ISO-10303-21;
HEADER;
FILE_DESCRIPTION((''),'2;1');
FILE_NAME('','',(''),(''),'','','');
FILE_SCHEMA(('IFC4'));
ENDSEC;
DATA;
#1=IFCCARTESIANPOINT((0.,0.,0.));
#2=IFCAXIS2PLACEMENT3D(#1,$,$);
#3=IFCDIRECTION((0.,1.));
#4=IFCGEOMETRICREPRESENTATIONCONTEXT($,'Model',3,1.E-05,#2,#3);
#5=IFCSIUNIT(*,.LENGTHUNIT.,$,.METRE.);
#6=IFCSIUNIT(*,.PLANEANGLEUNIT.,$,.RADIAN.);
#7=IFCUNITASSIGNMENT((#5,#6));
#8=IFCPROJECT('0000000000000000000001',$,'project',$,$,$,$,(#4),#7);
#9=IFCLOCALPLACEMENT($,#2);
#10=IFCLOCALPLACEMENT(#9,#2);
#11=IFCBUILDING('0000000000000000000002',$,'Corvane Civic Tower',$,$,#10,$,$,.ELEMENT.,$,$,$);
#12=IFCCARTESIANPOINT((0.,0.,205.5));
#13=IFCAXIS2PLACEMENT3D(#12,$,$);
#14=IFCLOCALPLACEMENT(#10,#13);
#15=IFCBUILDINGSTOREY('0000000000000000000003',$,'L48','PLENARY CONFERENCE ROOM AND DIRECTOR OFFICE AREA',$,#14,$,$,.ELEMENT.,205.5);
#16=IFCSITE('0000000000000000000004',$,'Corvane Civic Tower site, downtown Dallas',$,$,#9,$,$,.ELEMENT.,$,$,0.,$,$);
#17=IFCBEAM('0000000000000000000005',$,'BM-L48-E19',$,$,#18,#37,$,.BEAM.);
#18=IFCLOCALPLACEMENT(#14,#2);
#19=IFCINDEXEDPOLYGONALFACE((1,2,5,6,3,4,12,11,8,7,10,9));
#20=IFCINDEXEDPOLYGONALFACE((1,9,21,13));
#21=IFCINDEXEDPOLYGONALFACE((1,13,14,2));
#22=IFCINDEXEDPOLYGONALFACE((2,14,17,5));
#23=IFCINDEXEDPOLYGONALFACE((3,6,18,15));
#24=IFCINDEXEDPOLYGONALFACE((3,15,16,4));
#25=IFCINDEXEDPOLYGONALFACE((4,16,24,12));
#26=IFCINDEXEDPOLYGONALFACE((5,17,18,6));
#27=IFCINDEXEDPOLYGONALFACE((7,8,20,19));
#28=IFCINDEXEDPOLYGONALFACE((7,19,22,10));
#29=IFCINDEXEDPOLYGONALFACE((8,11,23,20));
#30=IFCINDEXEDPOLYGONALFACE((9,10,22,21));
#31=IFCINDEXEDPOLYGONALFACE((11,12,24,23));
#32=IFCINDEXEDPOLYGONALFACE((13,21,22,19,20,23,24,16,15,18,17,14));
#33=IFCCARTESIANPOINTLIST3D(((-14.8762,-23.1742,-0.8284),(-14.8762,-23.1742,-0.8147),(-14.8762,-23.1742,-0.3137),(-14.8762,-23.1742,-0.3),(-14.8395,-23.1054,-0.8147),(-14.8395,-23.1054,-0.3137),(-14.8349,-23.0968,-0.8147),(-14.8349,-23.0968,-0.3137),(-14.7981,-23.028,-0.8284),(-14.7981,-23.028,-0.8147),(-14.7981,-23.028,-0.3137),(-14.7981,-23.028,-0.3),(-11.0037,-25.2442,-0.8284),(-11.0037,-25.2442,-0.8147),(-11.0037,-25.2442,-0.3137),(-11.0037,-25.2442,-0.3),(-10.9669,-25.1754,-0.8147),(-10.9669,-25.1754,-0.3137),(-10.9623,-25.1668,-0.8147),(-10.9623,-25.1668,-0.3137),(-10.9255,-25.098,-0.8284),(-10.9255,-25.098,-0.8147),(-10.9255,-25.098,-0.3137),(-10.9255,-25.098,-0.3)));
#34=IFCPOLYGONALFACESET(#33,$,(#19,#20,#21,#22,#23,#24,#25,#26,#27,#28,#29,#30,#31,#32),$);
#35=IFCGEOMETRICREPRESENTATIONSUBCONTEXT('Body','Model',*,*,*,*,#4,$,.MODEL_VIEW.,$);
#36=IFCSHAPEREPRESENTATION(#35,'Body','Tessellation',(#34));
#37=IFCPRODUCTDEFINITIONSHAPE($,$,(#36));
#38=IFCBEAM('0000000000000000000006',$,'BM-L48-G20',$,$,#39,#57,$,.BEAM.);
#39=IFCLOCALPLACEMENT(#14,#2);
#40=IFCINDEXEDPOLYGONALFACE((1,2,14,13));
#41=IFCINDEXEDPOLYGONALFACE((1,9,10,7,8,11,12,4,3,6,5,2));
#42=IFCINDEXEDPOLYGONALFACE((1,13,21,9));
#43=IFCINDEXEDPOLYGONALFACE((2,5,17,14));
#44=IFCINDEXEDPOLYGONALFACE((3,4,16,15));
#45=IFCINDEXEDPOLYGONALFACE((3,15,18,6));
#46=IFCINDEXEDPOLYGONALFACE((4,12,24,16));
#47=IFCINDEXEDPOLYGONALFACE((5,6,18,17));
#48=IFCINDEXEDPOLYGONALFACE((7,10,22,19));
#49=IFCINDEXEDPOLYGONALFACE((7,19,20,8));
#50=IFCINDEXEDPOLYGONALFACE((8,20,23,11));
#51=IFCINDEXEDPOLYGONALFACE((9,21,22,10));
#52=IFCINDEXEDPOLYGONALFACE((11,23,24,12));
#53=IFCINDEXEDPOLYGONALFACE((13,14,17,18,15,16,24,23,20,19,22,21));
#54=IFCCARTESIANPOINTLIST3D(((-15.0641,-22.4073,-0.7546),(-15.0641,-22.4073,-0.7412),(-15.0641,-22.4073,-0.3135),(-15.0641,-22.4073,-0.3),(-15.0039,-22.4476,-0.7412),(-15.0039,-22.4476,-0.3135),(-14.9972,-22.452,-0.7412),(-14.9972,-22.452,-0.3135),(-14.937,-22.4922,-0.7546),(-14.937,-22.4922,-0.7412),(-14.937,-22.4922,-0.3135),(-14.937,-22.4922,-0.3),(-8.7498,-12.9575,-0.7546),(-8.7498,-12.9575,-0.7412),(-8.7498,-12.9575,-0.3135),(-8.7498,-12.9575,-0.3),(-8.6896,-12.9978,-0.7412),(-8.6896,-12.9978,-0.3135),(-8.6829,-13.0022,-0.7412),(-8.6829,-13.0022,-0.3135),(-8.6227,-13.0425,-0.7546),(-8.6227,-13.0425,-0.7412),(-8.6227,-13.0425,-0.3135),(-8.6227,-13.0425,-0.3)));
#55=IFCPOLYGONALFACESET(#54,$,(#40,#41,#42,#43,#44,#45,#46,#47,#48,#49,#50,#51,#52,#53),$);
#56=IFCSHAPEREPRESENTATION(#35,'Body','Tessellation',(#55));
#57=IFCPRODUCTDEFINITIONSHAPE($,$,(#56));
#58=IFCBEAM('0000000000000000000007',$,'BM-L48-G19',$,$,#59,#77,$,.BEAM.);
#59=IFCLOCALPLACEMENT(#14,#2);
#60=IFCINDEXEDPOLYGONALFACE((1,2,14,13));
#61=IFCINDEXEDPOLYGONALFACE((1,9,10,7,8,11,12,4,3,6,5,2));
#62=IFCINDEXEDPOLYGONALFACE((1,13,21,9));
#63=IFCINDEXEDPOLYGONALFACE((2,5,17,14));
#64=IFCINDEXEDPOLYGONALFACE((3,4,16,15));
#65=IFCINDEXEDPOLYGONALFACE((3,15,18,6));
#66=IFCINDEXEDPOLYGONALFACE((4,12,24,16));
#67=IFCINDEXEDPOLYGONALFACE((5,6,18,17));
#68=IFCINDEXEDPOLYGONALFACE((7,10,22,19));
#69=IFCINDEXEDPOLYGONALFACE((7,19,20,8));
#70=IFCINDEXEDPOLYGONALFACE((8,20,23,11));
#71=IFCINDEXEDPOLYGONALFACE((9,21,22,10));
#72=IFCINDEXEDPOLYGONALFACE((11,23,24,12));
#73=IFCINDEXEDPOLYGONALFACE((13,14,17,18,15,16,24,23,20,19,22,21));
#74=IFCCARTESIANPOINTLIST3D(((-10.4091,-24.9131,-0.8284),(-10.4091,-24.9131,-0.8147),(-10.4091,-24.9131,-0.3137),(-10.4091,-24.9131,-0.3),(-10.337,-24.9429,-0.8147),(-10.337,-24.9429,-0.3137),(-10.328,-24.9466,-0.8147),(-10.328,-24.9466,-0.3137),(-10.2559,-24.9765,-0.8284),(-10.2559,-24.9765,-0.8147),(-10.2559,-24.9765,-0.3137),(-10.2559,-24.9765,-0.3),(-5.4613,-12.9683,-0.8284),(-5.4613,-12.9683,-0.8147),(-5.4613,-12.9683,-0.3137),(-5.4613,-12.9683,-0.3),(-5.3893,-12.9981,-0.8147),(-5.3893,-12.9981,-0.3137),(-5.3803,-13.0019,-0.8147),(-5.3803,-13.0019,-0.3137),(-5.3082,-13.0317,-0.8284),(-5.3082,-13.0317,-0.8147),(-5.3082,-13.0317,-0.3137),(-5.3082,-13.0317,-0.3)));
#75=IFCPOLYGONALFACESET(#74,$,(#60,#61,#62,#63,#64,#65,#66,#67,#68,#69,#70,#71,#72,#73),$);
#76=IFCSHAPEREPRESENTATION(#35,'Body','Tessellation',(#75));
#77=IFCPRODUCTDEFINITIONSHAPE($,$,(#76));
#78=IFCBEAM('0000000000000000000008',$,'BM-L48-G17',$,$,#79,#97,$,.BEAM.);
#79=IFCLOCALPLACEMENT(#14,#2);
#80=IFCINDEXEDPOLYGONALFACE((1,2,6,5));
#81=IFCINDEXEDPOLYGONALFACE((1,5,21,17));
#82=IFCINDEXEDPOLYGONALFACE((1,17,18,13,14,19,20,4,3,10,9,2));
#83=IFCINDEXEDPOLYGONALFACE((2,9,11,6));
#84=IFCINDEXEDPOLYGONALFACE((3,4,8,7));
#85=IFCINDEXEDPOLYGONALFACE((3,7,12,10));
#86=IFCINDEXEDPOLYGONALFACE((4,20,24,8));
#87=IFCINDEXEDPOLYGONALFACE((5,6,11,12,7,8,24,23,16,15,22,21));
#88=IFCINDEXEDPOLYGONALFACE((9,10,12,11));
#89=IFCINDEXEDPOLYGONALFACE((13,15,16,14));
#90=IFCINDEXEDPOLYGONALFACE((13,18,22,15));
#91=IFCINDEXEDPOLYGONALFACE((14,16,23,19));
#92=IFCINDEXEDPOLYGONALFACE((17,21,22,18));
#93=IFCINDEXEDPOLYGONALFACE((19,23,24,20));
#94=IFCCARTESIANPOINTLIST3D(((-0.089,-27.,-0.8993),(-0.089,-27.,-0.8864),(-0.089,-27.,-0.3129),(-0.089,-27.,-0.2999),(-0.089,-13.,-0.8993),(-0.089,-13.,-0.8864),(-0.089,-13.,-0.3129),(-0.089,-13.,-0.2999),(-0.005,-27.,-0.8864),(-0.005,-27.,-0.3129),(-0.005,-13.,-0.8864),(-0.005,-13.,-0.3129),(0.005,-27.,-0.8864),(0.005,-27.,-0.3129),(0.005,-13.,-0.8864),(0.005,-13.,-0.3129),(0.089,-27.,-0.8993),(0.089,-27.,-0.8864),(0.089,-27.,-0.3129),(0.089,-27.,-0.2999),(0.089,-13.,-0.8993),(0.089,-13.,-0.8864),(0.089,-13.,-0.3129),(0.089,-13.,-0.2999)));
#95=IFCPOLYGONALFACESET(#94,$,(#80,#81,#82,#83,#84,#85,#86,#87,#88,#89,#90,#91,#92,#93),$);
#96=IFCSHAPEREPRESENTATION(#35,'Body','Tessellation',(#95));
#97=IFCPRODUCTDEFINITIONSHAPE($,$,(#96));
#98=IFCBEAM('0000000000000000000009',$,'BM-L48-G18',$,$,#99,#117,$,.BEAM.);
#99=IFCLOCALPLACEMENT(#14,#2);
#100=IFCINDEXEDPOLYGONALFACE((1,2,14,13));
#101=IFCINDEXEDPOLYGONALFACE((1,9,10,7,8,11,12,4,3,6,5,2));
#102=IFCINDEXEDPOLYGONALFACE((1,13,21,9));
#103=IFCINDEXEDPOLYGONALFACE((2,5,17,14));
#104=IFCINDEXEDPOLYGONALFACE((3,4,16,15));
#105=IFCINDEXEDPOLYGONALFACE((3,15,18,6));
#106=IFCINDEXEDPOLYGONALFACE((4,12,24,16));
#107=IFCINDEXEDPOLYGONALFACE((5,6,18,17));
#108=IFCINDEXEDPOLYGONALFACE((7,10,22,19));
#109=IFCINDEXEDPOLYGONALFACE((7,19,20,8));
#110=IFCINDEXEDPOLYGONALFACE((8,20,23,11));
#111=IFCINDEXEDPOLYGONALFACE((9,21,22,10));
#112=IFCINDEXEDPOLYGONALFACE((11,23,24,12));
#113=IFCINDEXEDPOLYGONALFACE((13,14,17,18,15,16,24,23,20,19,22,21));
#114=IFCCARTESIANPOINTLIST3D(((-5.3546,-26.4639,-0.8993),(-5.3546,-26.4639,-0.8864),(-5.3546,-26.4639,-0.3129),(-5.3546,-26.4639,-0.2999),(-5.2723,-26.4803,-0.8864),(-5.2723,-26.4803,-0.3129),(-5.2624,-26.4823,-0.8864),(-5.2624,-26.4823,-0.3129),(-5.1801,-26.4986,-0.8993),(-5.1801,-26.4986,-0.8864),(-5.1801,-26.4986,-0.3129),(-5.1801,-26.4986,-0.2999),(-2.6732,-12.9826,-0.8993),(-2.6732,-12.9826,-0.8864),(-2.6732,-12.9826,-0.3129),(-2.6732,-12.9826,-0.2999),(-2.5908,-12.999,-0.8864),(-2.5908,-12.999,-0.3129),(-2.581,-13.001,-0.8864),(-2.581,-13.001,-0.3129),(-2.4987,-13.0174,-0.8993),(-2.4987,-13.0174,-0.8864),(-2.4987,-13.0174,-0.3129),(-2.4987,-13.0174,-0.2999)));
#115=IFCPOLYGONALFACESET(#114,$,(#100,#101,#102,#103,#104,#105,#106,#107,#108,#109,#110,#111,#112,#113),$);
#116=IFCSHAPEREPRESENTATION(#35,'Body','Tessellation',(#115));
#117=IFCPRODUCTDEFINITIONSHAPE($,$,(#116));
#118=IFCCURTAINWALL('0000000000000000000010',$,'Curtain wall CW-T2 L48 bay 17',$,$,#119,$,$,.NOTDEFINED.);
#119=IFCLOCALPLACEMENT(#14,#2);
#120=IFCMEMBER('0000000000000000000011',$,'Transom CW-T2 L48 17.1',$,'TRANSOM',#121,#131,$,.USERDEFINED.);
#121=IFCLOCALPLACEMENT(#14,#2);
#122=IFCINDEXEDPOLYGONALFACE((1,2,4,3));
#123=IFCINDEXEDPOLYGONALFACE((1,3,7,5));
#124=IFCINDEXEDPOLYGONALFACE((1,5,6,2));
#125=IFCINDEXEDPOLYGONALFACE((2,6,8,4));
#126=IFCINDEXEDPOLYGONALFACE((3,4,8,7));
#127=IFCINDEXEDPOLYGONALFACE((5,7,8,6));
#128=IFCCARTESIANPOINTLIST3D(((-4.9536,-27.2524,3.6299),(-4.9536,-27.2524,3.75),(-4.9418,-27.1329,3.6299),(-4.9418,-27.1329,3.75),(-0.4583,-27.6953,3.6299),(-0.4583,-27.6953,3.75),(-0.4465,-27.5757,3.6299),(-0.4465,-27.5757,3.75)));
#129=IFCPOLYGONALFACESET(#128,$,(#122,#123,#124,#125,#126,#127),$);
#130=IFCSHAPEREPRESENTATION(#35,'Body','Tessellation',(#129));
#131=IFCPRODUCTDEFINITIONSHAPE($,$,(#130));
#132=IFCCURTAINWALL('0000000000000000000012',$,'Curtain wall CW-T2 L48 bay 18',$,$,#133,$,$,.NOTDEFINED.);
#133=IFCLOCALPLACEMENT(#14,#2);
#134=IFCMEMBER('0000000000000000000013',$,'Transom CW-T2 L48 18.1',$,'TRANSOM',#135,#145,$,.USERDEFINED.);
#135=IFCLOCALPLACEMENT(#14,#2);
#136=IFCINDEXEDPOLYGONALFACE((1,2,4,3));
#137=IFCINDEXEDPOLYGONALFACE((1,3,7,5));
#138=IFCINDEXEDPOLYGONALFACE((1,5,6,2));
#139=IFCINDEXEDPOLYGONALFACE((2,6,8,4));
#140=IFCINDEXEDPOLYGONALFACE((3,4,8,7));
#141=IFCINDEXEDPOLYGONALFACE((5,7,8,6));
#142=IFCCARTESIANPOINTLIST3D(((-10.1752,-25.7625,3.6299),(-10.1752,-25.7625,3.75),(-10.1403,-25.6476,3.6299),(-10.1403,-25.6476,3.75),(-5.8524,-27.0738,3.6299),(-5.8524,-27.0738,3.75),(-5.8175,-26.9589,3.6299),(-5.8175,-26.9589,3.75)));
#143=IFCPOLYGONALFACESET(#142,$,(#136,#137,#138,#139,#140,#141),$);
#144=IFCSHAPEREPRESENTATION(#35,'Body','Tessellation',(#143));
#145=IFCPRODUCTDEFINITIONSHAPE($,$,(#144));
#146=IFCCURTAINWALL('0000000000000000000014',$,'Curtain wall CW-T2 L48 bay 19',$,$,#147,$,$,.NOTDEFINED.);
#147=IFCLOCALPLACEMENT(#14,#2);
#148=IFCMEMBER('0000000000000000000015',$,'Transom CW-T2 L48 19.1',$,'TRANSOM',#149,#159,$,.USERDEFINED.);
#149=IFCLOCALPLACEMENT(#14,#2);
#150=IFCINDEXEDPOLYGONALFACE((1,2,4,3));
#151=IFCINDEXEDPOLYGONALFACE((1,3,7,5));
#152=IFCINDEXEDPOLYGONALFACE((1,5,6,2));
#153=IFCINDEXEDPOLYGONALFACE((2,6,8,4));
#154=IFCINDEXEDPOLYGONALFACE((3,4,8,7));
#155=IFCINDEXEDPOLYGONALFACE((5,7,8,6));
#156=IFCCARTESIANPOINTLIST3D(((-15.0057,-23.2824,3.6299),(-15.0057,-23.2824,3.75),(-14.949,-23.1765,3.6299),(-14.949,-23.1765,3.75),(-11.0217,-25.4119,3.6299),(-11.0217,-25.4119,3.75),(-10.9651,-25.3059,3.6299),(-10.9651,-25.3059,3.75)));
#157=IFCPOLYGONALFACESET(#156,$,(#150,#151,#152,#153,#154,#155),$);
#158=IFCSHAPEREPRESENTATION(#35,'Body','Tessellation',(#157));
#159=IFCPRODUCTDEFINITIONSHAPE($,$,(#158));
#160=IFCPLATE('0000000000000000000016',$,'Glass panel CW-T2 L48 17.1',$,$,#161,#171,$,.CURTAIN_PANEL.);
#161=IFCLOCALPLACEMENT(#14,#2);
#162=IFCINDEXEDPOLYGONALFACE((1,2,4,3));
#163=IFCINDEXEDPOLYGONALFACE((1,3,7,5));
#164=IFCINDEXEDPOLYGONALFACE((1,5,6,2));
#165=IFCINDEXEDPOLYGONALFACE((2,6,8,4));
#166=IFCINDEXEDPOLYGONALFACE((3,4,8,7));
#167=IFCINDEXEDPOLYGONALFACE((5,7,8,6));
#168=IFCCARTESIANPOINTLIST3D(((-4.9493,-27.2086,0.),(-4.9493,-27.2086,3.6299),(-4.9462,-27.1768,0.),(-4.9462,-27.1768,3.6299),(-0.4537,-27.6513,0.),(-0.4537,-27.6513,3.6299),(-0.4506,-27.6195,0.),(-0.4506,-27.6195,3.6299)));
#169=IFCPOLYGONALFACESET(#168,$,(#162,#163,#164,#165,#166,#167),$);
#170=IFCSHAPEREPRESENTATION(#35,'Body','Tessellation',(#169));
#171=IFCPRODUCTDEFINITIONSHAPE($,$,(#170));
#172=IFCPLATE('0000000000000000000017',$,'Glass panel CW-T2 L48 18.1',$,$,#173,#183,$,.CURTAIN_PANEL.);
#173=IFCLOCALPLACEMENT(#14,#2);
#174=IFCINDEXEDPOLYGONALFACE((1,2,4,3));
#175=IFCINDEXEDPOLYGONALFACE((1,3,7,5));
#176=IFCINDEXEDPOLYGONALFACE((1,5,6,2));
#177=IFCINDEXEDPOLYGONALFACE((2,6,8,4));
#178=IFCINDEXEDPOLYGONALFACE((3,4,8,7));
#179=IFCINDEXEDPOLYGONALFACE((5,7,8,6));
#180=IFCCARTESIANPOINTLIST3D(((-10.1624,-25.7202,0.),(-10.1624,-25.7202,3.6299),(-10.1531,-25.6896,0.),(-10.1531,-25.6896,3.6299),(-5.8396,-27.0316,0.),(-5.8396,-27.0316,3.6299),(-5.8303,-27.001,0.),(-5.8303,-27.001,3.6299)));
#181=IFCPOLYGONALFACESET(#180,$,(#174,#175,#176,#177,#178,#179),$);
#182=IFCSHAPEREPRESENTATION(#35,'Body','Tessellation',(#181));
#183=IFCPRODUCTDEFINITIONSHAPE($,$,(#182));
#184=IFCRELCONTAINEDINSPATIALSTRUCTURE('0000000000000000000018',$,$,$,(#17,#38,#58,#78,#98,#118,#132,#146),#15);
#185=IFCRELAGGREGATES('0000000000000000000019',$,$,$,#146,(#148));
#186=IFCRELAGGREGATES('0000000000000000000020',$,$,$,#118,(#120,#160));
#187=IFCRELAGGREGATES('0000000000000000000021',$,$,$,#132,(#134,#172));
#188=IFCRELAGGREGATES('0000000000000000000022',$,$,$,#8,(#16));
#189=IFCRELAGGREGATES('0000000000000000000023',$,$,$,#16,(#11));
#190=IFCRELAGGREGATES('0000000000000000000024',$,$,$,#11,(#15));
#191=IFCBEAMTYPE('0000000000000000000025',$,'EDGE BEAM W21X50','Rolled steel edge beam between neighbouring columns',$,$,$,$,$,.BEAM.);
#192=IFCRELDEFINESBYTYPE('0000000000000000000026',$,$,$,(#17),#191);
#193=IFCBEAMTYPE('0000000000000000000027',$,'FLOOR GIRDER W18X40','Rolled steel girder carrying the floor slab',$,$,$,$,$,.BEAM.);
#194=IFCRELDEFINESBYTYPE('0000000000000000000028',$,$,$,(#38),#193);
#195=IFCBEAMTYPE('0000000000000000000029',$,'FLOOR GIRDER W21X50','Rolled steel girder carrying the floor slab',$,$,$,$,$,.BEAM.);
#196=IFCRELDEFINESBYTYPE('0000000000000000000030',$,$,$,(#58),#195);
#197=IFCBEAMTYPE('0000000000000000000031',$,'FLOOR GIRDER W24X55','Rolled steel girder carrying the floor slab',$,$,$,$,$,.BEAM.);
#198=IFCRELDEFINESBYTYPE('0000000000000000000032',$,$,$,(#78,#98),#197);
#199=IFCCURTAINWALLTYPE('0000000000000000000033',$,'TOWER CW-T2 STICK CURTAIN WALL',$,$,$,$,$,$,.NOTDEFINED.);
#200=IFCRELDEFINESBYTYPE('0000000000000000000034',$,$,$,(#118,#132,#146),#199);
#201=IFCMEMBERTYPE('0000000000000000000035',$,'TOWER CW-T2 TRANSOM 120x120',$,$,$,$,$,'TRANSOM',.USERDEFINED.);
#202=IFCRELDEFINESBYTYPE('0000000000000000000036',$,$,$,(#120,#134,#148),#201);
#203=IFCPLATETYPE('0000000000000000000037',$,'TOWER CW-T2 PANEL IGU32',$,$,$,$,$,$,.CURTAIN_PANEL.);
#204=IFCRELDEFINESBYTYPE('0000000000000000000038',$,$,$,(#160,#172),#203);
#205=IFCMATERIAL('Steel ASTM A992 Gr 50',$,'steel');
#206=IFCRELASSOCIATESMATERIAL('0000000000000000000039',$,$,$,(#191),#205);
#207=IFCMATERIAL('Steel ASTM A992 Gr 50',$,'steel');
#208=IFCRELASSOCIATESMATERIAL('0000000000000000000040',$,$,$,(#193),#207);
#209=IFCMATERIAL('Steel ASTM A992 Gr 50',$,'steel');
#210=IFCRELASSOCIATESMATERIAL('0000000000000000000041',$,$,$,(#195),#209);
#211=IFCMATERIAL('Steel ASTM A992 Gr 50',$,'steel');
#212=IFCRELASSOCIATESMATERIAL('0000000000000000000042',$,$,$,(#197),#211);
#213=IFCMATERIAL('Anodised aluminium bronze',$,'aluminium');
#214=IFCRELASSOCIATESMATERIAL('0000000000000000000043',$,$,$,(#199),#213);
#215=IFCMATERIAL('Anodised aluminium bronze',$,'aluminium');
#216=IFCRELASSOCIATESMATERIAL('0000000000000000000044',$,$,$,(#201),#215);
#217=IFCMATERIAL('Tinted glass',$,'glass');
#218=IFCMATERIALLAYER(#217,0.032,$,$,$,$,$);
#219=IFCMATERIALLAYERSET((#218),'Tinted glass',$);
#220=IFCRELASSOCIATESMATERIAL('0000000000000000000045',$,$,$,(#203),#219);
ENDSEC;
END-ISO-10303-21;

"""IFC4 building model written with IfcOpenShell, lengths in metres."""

from ifc_helpers import new_model, si_unit, direction, frame, origin, origin_2d, place, context, subcontext, project, spatial, rectangle, i_section, extrude, material, layer, layer_set, material_profile, profile_set, type_object, element, aggregate, save


model = new_model("IFC4")

# Units and contexts
model_context = context("Model", 3, precision=1e-05, world=origin(), true_north=direction((0.0, 1.0)))
body_context = subcontext(model_context, "Body", "Model", "MODEL_VIEW")
ifc_project = project(units=[si_unit("LENGTHUNIT", "METRE"), si_unit("PLANEANGLEUNIT", "RADIAN")], contexts=[model_context])

# Site, building, storey
site_placement = place(None, origin())
site = spatial("IfcSite", under=ifc_project, at=site_placement, Name="Corvane Civic Tower site, downtown Dallas", CompositionType="ELEMENT", RefElevation=0.0)
building_placement = place(site_placement, origin())
building = spatial("IfcBuilding", under=site, at=building_placement, Name="Corvane Civic Tower", CompositionType="ELEMENT")
storey_placement = place(building_placement, frame((0.0, 0.0, 205.5)))
storey = spatial("IfcBuildingStorey", under=building, at=storey_placement, Name="L48", Description="PLENARY CONFERENCE ROOM AND DIRECTOR OFFICE AREA", CompositionType="ELEMENT", Elevation=205.5)

# Beams
ifc_material_1 = material(Name="Steel ASTM A992 Gr 50", Category="steel")
ifc_material_profile_1 = material_profile(ifc_material_1, i_section(OverallWidth=0.1658, OverallDepth=0.5283, WebThickness=0.0098, FlangeThickness=0.0137, at=origin_2d()), Name="W21X50")
ifc_profile_set_1 = profile_set([ifc_material_profile_1], Name="Steel ASTM A992 Gr 50")
beam_type_1 = type_object("IfcBeamType", Name="EDGE BEAM W21X50", Description="Rolled steel edge beam between neighbouring columns", PredefinedType="BEAM", material=ifc_profile_set_1)
beam_1_placement = place(storey_placement, frame((-10.9646, -25.1711, -0.5642), z_axis=(-0.881908, 0.471422, 0.0), x_axis=(-0.471422, -0.881908, 0.0)))
element("IfcBeam", 1, at=beam_1_placement, inside=storey, type_object=beam_type_1, Name="BM-L48-E19", PredefinedType="BEAM", context=body_context, shape_type="SweptSolid", body=[
    extrude(i_section(OverallWidth=0.1658, OverallDepth=0.5283, WebThickness=0.0098, FlangeThickness=0.0137, at=origin_2d()), origin(), (0.0, 0.0, 1.0), 4.3911),
])
ifc_material_2 = material(Name="Steel ASTM A992 Gr 50", Category="steel")
ifc_material_profile_2 = material_profile(ifc_material_2, i_section(OverallWidth=0.1528, OverallDepth=0.4546, WebThickness=0.0081, FlangeThickness=0.0134, at=origin_2d()), Name="W18X40")
ifc_profile_set_2 = profile_set([ifc_material_profile_2], Name="Steel ASTM A992 Gr 50")
beam_type_2 = type_object("IfcBeamType", Name="FLOOR GIRDER W18X40", Description="Rolled steel girder carrying the floor slab", PredefinedType="BEAM", material=ifc_profile_set_2)
beam_2_placement = place(storey_placement, frame((-8.6863, -13.0, -0.5273), z_axis=(-0.555577, -0.831465, 0.0), x_axis=(0.831465, -0.555577, 0.0)))
element("IfcBeam", 2, at=beam_2_placement, inside=storey, type_object=beam_type_2, Name="BM-L48-G20", PredefinedType="BEAM", context=body_context, shape_type="SweptSolid", body=[
    extrude(i_section(OverallWidth=0.1528, OverallDepth=0.4546, WebThickness=0.0081, FlangeThickness=0.0134, at=origin_2d()), origin(), (0.0, 0.0, 1.0), 11.3652),
])
ifc_material_3 = material(Name="Steel ASTM A992 Gr 50", Category="steel")
ifc_material_profile_3 = material_profile(ifc_material_3, i_section(OverallWidth=0.1658, OverallDepth=0.5283, WebThickness=0.0098, FlangeThickness=0.0137, at=origin_2d()), Name="W21X50")
ifc_profile_set_3 = profile_set([ifc_material_profile_3], Name="Steel ASTM A992 Gr 50")
beam_type_3 = type_object("IfcBeamType", Name="FLOOR GIRDER W21X50", Description="Rolled steel girder carrying the floor slab", PredefinedType="BEAM", material=ifc_profile_set_3)
beam_3_placement = place(storey_placement, frame((-5.3848, -13.0, -0.5642), z_axis=(-0.382686, -0.923878, 0.0), x_axis=(0.923878, -0.382686, 0.0)))
element("IfcBeam", 3, at=beam_3_placement, inside=storey, type_object=beam_type_3, Name="BM-L48-G19", PredefinedType="BEAM", context=body_context, shape_type="SweptSolid", body=[
    extrude(i_section(OverallWidth=0.1658, OverallDepth=0.5283, WebThickness=0.0098, FlangeThickness=0.0137, at=origin_2d()), origin(), (0.0, 0.0, 1.0), 12.929),
])
ifc_material_4 = material(Name="Steel ASTM A992 Gr 50", Category="steel")
ifc_material_profile_4 = material_profile(ifc_material_4, i_section(OverallWidth=0.178, OverallDepth=0.5994, WebThickness=0.01, FlangeThickness=0.0129, at=origin_2d()), Name="W24X55")
ifc_profile_set_4 = profile_set([ifc_material_profile_4], Name="Steel ASTM A992 Gr 50")
beam_type_4 = type_object("IfcBeamType", Name="FLOOR GIRDER W24X55", Description="Rolled steel girder carrying the floor slab", PredefinedType="BEAM", material=ifc_profile_set_4)
beam_4_placement = place(storey_placement, frame((0.0, -13.0, -0.5996), z_axis=(0.0, -1.0, 0.0), x_axis=(1.0, 0.0, 0.0)))
element("IfcBeam", 4, at=beam_4_placement, inside=storey, type_object=beam_type_4, Name="BM-L48-G17", PredefinedType="BEAM", context=body_context, shape_type="SweptSolid", body=[
    extrude(i_section(OverallWidth=0.178, OverallDepth=0.5994, WebThickness=0.01, FlangeThickness=0.0129, at=origin_2d()), origin(), (0.0, 0.0, 1.0), 14.0),
])
beam_5_placement = place(storey_placement, frame((-2.5859, -13.0, -0.5996), z_axis=(-0.195078, -0.980788, 0.0), x_axis=(0.980788, -0.195078, 0.0)))
element("IfcBeam", 5, at=beam_5_placement, inside=storey, type_object=beam_type_4, Name="BM-L48-G18", PredefinedType="BEAM", context=body_context, shape_type="SweptSolid", body=[
    extrude(i_section(OverallWidth=0.178, OverallDepth=0.5994, WebThickness=0.01, FlangeThickness=0.0129, at=origin_2d()), origin(), (0.0, 0.0, 1.0), 13.7454),
])

# Curtain walls, members
ifc_material_5 = material(Name="Anodised aluminium bronze", Category="aluminium")
curtain_wall_type = type_object("IfcCurtainWallType", Name="TOWER CW-T2 STICK CURTAIN WALL", PredefinedType="NOTDEFINED", material=ifc_material_5)
curtain_wall_1_placement = place(storey_placement, origin())
curtain_wall_1 = element("IfcCurtainWall", 6, at=curtain_wall_1_placement, inside=storey, type_object=curtain_wall_type, Name="Curtain wall CW-T2 L48 bay 17", PredefinedType="NOTDEFINED")
ifc_material_6 = material(Name="Anodised aluminium bronze", Category="aluminium")
ifc_material_profile_5 = material_profile(ifc_material_6, rectangle(XDim=0.1201, YDim=0.1201, at=origin_2d()), Name="TOWER CW-T2 TRANSOM 120x120")
ifc_profile_set_5 = profile_set([ifc_material_profile_5], Name="Anodised aluminium bronze")
member_type = type_object("IfcMemberType", Name="TOWER CW-T2 TRANSOM 120x120", ElementType="TRANSOM", PredefinedType="USERDEFINED", material=ifc_profile_set_5)
member_1_placement = place(storey_placement, frame((-0.4524, -27.6355, 3.6899), z_axis=(-0.995182, 0.098043, 0.0), x_axis=(-0.098043, -0.995182, 0.0)))
member_1 = element("IfcMember", 7, at=member_1_placement, type_object=member_type, Name="Transom CW-T2 L48 17.1", ObjectType="TRANSOM", PredefinedType="USERDEFINED", context=body_context, shape_type="SweptSolid", body=[
    extrude(rectangle(XDim=0.1201, YDim=0.1201, at=origin_2d()), origin(), (0.0, 0.0, 1.0), 4.5171),
])
curtain_wall_2_placement = place(storey_placement, origin())
curtain_wall_2 = element("IfcCurtainWall", 8, at=curtain_wall_2_placement, inside=storey, type_object=curtain_wall_type, Name="Curtain wall CW-T2 L48 bay 18", PredefinedType="NOTDEFINED")
member_2_placement = place(storey_placement, frame((-5.835, -27.0164, 3.6899), z_axis=(-0.956941, 0.290282, 0.0), x_axis=(-0.290282, -0.956941, 0.0)))
member_2 = element("IfcMember", 9, at=member_2_placement, type_object=member_type, Name="Transom CW-T2 L48 18.1", ObjectType="TRANSOM", PredefinedType="USERDEFINED", context=body_context, shape_type="SweptSolid", body=[
    extrude(rectangle(XDim=0.1201, YDim=0.1201, at=origin_2d()), origin(), (0.0, 0.0, 1.0), 4.5173),
])
curtain_wall_3_placement = place(storey_placement, origin())
curtain_wall_3 = element("IfcCurtainWall", 10, at=curtain_wall_3_placement, inside=storey, type_object=curtain_wall_type, Name="Curtain wall CW-T2 L48 bay 19", PredefinedType="NOTDEFINED")
member_3_placement = place(storey_placement, frame((-10.9934, -25.3589, 3.6899), z_axis=(-0.881925, 0.47139, 0.0), x_axis=(-0.47139, -0.881925, 0.0)))
member_3 = element("IfcMember", 11, at=member_3_placement, type_object=member_type, Name="Transom CW-T2 L48 19.1", ObjectType="TRANSOM", PredefinedType="USERDEFINED", context=body_context, shape_type="SweptSolid", body=[
    extrude(rectangle(XDim=0.1201, YDim=0.1201, at=origin_2d()), origin(), (0.0, 0.0, 1.0), 4.5173),
])
aggregate(curtain_wall_3, [member_3])

# Plates
ifc_material_7 = material(Name="Tinted glass", Category="glass")
ifc_layer_1 = layer(ifc_material_7, 0.032)
ifc_layer_set_1 = layer_set([ifc_layer_1], Name="Tinted glass")
plate_type = type_object("IfcPlateType", Name="TOWER CW-T2 PANEL IGU32", PredefinedType="CURTAIN_PANEL", material=ifc_layer_set_1)
plate_1_placement = place(storey_placement, frame((-2.7, -27.4141, 0.0), z_axis=(0.0, 0.0, 1.0), x_axis=(-0.995187, 0.097993, 0.0)))
plate_1 = element("IfcPlate", 12, at=plate_1_placement, type_object=plate_type, Name="Glass panel CW-T2 L48 17.1", PredefinedType="CURTAIN_PANEL", context=body_context, shape_type="SweptSolid", body=[
    extrude(rectangle(XDim=4.5173, YDim=0.032, at=origin_2d()), origin(), (0.0, 0.0, 1.0), 3.6299),
])
aggregate(curtain_wall_1, [member_1, plate_1])
plate_2_placement = place(storey_placement, frame((-7.9963, -26.3606, 0.0), z_axis=(0.0, 0.0, 1.0), x_axis=(-0.956939, 0.29029, 0.0)))
plate_2 = element("IfcPlate", 13, at=plate_2_placement, type_object=plate_type, Name="Glass panel CW-T2 L48 18.1", PredefinedType="CURTAIN_PANEL", context=body_context, shape_type="SweptSolid", body=[
    extrude(rectangle(XDim=4.5173, YDim=0.032, at=origin_2d()), origin(), (0.0, 0.0, 1.0), 3.6299),
])
aggregate(curtain_wall_2, [member_2, plate_2])

save(model, "model.ifc")
